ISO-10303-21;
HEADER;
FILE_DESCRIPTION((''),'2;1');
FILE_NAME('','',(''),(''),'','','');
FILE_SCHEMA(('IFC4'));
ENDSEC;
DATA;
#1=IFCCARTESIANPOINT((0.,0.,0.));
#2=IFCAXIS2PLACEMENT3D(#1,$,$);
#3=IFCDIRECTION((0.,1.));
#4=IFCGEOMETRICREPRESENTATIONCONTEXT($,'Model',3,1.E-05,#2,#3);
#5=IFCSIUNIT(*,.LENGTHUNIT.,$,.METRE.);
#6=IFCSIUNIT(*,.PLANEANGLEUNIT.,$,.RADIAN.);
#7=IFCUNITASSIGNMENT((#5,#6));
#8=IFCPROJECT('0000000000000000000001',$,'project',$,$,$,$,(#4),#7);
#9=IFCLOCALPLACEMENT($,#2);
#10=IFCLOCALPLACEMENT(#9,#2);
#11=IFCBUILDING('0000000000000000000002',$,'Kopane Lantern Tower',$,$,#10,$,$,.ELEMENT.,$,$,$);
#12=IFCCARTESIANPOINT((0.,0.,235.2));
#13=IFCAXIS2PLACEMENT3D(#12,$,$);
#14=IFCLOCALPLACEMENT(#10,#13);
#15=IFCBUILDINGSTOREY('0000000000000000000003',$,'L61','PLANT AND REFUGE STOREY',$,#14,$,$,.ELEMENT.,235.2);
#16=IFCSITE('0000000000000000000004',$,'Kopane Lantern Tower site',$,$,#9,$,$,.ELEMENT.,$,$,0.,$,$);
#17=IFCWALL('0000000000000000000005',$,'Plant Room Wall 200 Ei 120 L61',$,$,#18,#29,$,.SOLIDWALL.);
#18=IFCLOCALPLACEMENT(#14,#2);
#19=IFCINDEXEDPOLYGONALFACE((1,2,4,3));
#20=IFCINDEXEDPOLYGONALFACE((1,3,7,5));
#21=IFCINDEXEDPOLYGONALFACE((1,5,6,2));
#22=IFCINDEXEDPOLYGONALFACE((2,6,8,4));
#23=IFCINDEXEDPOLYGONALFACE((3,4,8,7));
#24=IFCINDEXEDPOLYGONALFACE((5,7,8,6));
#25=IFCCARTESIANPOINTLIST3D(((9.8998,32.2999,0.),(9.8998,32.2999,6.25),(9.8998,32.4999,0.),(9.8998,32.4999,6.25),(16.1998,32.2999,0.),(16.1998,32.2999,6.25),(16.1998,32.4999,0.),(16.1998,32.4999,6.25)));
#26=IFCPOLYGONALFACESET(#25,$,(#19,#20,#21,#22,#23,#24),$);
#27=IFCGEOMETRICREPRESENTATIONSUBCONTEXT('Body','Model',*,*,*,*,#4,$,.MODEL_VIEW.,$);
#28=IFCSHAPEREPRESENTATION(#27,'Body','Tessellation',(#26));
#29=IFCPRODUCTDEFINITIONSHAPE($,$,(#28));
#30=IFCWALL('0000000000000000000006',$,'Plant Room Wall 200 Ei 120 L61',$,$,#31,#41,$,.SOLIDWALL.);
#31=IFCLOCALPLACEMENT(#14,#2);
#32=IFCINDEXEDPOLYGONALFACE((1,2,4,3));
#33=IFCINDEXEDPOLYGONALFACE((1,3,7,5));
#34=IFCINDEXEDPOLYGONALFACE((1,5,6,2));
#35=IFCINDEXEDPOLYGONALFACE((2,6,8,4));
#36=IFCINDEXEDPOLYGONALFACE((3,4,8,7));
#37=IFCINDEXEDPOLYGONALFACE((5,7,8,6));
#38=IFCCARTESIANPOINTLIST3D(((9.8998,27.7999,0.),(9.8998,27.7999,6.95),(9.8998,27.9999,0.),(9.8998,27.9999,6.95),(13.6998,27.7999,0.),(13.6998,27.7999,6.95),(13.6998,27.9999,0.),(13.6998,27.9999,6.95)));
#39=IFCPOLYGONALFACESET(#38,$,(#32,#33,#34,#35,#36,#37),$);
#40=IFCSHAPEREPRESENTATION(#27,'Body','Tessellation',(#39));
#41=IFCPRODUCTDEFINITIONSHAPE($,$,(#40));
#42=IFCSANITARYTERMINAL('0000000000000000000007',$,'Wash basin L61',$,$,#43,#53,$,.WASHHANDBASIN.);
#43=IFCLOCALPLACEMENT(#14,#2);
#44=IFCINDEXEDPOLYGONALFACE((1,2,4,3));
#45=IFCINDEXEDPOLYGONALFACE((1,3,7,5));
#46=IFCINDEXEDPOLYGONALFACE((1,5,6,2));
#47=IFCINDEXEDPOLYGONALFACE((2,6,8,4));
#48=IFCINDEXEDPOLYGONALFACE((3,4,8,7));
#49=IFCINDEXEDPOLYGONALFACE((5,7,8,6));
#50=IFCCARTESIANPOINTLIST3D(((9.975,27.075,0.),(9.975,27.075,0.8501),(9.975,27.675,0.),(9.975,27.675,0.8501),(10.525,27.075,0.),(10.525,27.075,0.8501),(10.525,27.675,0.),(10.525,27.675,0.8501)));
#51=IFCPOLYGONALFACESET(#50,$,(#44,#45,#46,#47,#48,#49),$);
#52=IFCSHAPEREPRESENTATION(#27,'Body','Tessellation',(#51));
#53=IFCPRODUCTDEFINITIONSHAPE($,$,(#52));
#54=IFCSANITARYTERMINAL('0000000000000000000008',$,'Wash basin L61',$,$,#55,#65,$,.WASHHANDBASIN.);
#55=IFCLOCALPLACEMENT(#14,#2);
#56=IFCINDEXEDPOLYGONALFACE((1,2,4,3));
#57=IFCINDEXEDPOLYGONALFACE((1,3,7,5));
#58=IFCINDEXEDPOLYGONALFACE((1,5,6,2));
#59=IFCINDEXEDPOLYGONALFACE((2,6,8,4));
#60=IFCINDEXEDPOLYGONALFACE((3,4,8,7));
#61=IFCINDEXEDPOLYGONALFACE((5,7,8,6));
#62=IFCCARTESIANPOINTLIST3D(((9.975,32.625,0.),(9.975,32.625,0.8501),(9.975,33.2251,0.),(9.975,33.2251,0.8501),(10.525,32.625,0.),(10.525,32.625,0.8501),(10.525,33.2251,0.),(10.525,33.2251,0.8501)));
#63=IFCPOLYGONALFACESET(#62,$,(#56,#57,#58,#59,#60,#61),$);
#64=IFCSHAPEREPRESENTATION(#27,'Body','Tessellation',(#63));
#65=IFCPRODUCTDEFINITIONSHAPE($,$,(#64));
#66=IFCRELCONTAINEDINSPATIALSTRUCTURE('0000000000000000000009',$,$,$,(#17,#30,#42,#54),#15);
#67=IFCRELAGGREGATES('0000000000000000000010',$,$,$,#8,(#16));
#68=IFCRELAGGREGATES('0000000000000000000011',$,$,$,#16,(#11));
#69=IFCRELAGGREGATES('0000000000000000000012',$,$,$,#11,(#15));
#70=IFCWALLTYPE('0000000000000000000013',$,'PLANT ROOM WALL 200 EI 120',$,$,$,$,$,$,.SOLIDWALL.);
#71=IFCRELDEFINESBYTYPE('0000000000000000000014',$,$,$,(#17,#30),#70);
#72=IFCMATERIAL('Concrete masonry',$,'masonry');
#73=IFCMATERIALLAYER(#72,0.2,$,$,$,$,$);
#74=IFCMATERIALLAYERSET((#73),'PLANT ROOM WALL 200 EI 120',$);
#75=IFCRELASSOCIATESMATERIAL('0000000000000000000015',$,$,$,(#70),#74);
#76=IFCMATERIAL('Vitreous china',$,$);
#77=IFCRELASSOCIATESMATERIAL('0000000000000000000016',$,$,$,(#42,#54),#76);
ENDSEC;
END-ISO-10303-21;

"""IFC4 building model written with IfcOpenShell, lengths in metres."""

from ifc_helpers import new_model, si_unit, direction, frame, frame_2d, origin, origin_2d, place, context, subcontext, project, spatial, rectangle, extrude, material, layer, layer_set, type_object, element, save


model = new_model("IFC4")

# Units and contexts
model_context = context("Model", 3, precision=1e-05, world=origin(), true_north=direction((0.0, 1.0)))
body_context = subcontext(model_context, "Body", "Model", "MODEL_VIEW")
ifc_project = project(units=[si_unit("LENGTHUNIT", "METRE"), si_unit("PLANEANGLEUNIT", "RADIAN")], contexts=[model_context])

# Site, building, storey
site_placement = place(None, origin())
site = spatial("IfcSite", under=ifc_project, at=site_placement, Name="Kopane Lantern Tower site", CompositionType="ELEMENT", RefElevation=0.0)
building_placement = place(site_placement, origin())
building = spatial("IfcBuilding", under=site, at=building_placement, Name="Kopane Lantern Tower", CompositionType="ELEMENT")
storey_placement = place(building_placement, frame((0.0, 0.0, 235.2)))
storey = spatial("IfcBuildingStorey", under=building, at=storey_placement, Name="L61", Description="PLANT AND REFUGE STOREY", CompositionType="ELEMENT", Elevation=235.2)

# Walls
ifc_material_1 = material(Name="Concrete masonry", Category="masonry")
ifc_layer_1 = layer(ifc_material_1, 0.2)
ifc_layer_set_1 = layer_set([ifc_layer_1], Name="PLANT ROOM WALL 200 EI 120")
wall_type_1 = type_object("IfcWallType", Name="PLANT ROOM WALL 200 EI 120", PredefinedType="SOLIDWALL", material=ifc_layer_set_1)
wall_1_placement = place(storey_placement, frame((9.8999, 32.3999, 0.0), z_axis=(0.0, 0.0, 1.0), x_axis=(1.0, 0.0, 0.0)))
element("IfcWall", 1, at=wall_1_placement, inside=storey, type_object=wall_type_1, Name="Plant Room Wall 200 Ei 120 L61", PredefinedType="SOLIDWALL", context=body_context, shape_type="SweptSolid", body=[
    extrude(rectangle(XDim=6.3, YDim=0.2, at=frame_2d((3.1499, 0.0))), origin(), (0.0, 0.0, 1.0), 6.25),
])
wall_2_placement = place(storey_placement, frame((9.8999, 27.8999, 0.0), z_axis=(0.0, 0.0, 1.0), x_axis=(1.0, 0.0, 0.0)))
element("IfcWall", 2, at=wall_2_placement, inside=storey, type_object=wall_type_1, Name="Plant Room Wall 200 Ei 120 L61", PredefinedType="SOLIDWALL", context=body_context, shape_type="SweptSolid", body=[
    extrude(rectangle(XDim=3.8, YDim=0.2, at=frame_2d((1.8999, 0.0))), origin(), (0.0, 0.0, 1.0), 6.95),
])

# Sanitary terminals
ifc_material_2 = material(Name="Vitreous china")
for number, where, z_axis, x_axis, name in (
    (3, (10.25, 27.375, 0.0), (0.0, 0.0, 1.0), (1.0, 0.0, 0.0), "Wash basin L61"),
    (4, (10.25, 32.925, 0.0), (0.0, 0.0, 1.0), (1.0, 0.0, 0.0), "Wash basin L61"),
):
    element("IfcSanitaryTerminal", number, at=place(storey_placement, frame(where, z_axis=z_axis, x_axis=x_axis)), inside=storey, material=ifc_material_2, Name=name, PredefinedType="WASHHANDBASIN", context=body_context, shape_type="SweptSolid", body=[
        extrude(rectangle(XDim=0.55, YDim=0.6001, at=origin_2d()), origin(), (0.0, 0.0, 1.0), 0.8501),
    ])

save(model, "model.ifc")
